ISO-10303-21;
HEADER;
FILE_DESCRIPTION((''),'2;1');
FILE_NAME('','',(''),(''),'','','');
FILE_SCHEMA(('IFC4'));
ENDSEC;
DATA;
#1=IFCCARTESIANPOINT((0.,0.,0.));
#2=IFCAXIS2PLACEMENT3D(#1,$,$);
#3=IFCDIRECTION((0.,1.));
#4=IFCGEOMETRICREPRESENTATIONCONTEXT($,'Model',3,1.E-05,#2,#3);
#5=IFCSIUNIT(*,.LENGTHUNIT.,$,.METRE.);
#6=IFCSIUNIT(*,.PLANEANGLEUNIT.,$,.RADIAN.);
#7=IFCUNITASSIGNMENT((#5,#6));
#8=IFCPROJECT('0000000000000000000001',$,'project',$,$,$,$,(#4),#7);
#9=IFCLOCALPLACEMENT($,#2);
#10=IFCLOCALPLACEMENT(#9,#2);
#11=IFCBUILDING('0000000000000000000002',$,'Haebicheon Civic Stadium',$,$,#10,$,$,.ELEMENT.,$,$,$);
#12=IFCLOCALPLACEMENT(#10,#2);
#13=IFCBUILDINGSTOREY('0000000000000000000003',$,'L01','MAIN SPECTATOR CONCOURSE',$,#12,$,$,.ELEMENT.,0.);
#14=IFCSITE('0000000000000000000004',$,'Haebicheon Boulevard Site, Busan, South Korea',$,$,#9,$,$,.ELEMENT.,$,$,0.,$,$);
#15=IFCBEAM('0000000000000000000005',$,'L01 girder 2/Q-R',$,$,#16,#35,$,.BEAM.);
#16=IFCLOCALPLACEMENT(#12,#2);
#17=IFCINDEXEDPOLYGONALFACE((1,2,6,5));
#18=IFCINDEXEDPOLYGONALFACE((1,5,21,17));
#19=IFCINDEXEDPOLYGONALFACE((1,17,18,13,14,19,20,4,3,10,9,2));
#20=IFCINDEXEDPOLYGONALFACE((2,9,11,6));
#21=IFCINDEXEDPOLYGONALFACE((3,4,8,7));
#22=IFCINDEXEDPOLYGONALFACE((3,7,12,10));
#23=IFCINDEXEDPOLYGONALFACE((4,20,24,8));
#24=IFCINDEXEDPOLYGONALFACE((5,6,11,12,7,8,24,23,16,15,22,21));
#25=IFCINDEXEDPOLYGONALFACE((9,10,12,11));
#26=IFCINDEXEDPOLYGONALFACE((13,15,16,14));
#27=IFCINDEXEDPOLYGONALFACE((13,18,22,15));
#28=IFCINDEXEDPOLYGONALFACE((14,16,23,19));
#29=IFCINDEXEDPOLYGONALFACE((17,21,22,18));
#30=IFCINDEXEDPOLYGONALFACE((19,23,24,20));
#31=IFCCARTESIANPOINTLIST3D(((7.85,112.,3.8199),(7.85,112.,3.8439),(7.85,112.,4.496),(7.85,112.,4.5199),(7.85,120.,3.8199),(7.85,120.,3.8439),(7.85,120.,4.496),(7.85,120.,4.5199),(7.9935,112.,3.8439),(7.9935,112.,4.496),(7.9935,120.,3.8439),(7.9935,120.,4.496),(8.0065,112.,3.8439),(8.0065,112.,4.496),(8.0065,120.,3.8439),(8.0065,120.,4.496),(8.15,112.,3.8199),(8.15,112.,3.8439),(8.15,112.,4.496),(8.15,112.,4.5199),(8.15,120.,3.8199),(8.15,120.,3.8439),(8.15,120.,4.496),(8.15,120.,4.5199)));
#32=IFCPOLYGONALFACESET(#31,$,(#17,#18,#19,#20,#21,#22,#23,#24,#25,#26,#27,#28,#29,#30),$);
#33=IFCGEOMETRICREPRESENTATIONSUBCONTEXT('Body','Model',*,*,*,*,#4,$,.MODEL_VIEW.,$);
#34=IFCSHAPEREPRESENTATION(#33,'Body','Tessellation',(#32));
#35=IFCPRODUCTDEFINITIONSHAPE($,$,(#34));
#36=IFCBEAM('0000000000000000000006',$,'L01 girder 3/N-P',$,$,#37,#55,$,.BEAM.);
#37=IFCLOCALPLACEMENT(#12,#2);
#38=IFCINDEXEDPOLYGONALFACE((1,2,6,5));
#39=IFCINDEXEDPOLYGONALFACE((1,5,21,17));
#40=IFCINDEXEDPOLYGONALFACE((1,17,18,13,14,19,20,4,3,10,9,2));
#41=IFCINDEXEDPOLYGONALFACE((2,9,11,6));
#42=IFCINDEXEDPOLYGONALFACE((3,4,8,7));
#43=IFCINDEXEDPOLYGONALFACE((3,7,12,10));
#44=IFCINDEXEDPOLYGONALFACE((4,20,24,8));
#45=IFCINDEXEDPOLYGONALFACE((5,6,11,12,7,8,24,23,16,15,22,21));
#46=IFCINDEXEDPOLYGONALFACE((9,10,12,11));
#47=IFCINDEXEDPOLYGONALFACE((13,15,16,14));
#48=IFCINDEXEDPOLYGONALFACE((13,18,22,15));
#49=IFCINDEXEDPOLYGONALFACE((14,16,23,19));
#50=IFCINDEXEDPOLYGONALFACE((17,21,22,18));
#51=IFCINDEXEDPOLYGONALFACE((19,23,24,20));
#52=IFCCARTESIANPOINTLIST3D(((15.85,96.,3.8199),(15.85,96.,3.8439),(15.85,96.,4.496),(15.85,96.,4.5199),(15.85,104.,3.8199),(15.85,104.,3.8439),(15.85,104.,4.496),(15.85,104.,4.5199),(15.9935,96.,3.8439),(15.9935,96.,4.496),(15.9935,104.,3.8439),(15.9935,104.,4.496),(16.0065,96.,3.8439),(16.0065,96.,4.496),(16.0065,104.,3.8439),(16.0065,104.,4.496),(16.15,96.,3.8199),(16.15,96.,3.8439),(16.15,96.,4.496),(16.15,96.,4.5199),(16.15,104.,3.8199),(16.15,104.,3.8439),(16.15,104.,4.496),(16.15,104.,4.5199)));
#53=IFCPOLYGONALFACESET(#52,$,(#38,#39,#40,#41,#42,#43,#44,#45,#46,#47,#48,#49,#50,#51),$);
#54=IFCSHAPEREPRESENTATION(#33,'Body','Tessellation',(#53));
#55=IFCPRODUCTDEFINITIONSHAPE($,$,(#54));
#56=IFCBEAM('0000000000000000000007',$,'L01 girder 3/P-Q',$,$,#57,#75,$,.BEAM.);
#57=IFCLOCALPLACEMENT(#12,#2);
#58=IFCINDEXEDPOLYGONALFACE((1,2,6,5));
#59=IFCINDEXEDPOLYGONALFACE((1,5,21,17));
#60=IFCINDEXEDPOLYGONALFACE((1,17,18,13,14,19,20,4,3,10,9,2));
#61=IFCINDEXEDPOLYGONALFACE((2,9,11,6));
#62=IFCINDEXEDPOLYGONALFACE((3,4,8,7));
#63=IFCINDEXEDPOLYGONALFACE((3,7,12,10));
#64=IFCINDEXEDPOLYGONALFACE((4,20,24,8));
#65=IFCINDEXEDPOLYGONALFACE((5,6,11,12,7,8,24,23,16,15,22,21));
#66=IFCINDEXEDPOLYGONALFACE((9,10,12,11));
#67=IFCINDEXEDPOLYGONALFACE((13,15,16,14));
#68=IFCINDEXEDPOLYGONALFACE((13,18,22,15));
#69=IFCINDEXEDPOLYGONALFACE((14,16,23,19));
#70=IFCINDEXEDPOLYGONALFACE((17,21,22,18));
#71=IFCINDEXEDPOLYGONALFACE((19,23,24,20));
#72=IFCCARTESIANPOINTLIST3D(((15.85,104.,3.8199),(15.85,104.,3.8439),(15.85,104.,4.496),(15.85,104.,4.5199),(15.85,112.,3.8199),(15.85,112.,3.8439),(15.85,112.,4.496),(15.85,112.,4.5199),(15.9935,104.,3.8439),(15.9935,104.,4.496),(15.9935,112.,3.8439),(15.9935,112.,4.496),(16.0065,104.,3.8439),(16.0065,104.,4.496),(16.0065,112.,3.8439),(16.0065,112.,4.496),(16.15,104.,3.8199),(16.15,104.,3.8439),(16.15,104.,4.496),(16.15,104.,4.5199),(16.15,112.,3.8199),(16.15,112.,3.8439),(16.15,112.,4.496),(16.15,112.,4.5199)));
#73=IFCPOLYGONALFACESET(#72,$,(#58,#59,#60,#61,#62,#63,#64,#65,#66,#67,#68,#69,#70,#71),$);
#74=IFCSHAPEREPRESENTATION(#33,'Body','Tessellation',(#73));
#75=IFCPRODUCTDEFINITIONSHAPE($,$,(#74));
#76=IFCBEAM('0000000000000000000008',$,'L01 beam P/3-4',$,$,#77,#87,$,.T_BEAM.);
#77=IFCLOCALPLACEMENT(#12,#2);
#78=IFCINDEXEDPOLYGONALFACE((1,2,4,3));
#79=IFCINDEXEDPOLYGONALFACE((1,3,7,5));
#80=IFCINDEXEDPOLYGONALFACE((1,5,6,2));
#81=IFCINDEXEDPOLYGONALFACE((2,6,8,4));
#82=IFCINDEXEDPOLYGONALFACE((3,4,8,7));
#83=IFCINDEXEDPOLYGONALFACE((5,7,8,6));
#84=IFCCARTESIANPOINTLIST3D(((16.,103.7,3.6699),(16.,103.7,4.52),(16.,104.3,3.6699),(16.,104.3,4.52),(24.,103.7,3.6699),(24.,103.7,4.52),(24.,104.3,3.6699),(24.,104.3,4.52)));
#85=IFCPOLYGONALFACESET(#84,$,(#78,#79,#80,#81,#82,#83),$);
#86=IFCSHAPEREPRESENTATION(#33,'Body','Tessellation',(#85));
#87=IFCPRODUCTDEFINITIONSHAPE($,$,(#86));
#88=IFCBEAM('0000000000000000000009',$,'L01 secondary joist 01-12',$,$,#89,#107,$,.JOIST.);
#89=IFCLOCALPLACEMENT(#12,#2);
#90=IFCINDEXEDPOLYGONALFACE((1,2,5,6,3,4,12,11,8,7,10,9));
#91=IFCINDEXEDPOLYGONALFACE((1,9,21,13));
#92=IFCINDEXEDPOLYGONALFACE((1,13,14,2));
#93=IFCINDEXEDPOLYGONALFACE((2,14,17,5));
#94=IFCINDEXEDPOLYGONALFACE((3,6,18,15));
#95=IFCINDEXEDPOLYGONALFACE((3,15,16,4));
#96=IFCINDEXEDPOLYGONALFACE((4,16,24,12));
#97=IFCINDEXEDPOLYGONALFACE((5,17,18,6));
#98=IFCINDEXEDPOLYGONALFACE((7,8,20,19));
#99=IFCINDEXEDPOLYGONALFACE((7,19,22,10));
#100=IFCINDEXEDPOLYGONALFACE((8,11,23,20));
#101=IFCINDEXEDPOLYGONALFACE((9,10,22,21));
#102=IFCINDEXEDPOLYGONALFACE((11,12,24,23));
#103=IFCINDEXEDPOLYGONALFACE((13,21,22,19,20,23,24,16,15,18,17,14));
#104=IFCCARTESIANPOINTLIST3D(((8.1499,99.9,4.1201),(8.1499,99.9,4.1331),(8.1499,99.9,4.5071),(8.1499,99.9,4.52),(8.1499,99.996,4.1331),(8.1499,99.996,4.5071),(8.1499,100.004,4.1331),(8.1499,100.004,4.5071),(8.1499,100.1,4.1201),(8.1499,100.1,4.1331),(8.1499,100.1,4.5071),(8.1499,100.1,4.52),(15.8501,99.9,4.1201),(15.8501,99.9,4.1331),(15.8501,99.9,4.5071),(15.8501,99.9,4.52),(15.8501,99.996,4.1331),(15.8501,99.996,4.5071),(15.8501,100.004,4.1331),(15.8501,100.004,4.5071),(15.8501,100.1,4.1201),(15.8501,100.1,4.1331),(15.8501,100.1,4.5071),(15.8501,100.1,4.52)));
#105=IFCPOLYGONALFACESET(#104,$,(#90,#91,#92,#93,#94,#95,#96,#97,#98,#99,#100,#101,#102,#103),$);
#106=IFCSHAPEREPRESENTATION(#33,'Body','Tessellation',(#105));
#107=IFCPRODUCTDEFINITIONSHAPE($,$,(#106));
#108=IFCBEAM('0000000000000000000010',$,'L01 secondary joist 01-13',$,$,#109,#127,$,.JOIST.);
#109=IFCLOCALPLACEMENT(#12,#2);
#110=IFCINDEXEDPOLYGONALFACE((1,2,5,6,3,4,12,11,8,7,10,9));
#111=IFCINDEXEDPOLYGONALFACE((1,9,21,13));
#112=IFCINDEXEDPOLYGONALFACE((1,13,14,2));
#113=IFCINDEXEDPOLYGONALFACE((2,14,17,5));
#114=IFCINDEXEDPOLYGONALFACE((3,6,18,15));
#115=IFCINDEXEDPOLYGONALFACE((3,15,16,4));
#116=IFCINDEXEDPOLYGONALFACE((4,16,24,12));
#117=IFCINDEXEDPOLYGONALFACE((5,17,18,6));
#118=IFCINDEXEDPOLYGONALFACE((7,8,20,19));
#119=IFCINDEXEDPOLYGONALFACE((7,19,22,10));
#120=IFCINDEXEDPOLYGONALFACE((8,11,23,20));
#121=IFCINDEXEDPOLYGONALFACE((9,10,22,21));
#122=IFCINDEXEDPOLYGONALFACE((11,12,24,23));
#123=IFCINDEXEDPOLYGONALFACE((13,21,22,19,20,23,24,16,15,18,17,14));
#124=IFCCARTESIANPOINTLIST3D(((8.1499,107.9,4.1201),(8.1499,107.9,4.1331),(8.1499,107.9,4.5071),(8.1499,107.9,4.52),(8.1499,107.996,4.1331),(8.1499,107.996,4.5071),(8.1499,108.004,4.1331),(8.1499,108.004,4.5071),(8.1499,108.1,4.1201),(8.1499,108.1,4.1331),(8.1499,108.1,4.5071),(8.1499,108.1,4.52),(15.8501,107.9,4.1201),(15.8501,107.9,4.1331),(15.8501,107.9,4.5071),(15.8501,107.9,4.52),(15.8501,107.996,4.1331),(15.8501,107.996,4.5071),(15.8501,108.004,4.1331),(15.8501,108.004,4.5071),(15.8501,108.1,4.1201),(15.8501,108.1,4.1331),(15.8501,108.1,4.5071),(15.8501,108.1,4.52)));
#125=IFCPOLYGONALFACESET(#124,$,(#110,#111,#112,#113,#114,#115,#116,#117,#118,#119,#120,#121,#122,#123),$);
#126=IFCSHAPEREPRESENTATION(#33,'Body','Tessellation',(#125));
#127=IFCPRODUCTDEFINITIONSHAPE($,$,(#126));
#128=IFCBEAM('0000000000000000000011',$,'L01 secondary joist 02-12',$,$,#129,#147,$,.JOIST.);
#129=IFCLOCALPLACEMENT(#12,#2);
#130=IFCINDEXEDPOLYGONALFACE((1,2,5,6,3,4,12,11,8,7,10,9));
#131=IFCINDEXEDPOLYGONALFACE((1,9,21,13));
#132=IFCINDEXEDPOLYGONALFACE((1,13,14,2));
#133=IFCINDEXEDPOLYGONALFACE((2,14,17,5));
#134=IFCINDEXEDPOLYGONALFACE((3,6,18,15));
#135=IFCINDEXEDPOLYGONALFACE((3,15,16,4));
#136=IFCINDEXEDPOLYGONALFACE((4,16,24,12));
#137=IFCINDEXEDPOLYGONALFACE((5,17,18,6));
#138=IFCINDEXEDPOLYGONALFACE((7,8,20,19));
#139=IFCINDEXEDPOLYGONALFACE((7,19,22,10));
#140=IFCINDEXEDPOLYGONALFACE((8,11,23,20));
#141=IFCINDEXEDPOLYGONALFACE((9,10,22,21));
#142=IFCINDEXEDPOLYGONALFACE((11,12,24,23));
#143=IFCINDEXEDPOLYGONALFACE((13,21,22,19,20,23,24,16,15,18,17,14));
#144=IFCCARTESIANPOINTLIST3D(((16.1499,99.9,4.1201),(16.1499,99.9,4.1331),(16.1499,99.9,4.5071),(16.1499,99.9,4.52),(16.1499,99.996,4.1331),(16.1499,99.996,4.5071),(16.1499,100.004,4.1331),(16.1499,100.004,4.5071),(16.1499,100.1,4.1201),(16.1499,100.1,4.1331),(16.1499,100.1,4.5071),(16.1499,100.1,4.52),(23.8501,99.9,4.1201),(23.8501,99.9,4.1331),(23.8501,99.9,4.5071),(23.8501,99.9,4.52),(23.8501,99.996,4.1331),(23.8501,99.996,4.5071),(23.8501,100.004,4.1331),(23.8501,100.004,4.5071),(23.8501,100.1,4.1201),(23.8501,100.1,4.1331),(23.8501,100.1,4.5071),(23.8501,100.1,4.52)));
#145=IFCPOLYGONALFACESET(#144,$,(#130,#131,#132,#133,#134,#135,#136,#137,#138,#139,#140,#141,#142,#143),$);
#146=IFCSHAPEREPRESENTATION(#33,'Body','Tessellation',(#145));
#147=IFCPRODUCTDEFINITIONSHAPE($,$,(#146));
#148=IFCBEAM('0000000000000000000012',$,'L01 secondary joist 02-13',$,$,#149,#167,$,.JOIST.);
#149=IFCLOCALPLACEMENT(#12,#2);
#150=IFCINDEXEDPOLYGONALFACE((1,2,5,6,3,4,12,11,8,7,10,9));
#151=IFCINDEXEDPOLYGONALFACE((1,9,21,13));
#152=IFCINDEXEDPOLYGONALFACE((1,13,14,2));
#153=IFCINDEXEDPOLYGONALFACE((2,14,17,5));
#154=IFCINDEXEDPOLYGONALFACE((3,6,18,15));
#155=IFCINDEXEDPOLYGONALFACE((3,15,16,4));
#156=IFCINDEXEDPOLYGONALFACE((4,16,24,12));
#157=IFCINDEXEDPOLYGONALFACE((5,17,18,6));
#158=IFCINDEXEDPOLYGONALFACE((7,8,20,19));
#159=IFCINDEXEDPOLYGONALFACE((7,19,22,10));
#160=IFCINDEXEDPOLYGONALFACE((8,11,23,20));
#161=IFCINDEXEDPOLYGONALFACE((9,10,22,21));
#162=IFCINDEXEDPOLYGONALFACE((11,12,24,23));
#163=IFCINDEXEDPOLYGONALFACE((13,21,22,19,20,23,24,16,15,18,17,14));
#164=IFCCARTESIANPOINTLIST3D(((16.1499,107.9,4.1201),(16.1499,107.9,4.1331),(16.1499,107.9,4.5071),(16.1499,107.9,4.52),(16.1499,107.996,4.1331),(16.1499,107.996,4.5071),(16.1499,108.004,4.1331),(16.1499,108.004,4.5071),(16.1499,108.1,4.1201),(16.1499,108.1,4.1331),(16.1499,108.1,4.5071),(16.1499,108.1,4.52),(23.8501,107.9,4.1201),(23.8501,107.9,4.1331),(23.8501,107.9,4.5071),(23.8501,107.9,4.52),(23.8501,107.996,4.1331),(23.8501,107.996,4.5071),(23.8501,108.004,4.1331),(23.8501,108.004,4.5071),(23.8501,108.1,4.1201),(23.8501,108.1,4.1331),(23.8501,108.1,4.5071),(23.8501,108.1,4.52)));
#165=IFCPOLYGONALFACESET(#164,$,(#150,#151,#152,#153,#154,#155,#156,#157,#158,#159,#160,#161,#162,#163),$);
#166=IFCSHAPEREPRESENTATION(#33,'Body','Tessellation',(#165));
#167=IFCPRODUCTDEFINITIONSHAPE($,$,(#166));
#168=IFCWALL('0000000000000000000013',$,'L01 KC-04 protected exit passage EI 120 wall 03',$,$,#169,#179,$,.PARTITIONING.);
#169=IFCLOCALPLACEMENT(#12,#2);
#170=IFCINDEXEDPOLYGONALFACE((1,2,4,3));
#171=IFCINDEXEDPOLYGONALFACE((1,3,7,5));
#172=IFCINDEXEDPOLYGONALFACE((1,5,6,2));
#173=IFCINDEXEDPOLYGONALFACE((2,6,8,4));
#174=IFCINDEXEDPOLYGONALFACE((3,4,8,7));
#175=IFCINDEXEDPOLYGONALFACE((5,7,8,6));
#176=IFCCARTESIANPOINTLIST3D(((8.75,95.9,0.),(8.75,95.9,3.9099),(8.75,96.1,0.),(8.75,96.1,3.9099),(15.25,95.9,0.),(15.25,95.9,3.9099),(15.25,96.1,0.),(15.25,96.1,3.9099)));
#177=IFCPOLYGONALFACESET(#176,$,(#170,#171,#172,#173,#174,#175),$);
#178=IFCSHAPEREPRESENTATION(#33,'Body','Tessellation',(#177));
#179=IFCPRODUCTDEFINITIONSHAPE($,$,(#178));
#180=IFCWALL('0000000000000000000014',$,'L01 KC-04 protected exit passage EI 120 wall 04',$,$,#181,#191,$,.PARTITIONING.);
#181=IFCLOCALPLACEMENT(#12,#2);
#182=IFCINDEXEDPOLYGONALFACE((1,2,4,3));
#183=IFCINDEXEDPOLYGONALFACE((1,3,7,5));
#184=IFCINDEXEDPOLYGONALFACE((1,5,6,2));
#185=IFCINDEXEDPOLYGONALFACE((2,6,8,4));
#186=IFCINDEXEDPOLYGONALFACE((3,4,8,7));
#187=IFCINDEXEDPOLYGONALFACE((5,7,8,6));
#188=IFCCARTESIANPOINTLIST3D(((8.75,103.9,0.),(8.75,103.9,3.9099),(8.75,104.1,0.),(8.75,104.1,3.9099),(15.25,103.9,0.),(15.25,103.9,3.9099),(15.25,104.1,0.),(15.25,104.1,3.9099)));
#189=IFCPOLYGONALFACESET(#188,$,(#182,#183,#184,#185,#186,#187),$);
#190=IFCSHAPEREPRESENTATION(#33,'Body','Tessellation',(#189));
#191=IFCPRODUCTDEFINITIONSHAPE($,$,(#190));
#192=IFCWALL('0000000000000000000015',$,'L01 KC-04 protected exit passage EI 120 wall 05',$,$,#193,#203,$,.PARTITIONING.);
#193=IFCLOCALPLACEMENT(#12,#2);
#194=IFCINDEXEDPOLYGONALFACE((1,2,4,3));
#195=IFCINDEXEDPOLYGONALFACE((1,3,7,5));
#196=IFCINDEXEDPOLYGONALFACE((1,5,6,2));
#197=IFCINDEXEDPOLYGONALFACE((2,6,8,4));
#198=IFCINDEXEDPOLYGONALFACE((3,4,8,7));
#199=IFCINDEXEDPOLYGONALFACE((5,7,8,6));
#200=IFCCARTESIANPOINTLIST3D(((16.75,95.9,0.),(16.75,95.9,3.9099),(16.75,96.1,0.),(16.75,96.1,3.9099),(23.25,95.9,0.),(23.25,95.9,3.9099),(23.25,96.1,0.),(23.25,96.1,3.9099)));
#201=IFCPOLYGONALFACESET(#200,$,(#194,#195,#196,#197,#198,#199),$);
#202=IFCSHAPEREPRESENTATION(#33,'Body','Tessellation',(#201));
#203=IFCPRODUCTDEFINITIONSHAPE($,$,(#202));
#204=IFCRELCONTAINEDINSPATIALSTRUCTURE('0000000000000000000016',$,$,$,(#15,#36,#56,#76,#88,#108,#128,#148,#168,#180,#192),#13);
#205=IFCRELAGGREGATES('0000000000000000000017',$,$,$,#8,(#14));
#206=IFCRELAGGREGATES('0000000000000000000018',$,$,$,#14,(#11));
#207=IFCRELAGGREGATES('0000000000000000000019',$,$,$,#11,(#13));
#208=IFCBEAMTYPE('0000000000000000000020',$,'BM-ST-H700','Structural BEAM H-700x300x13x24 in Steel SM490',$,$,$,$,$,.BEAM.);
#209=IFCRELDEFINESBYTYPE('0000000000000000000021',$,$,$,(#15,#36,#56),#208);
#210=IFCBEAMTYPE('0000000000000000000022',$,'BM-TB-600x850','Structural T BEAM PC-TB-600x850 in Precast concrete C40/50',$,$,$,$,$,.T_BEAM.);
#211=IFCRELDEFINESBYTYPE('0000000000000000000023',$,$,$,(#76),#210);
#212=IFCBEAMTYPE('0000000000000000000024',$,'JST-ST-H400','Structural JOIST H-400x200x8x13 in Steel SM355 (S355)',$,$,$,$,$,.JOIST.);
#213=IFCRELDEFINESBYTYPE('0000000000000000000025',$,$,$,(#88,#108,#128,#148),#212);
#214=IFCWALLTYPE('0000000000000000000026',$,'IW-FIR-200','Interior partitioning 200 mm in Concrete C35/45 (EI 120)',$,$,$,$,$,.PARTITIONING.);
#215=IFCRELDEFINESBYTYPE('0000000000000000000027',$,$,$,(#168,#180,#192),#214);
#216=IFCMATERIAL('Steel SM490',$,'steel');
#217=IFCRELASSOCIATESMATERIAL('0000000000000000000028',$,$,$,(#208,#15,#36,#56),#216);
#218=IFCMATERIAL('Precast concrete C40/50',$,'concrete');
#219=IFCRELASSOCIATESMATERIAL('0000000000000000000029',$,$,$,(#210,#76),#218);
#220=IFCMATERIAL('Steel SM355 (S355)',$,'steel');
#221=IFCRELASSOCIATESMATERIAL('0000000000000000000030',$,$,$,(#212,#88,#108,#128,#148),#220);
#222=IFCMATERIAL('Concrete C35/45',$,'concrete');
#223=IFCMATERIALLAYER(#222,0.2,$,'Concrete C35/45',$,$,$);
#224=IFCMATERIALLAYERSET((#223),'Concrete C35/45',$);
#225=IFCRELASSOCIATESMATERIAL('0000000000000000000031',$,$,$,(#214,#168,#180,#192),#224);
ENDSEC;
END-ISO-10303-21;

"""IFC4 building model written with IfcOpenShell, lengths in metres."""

from ifc_helpers import new_model, si_unit, direction, frame, frame_2d, origin, origin_2d, place, context, subcontext, project, spatial, rectangle, i_section, extrude, material, layer, layer_set, material_profile, profile_set, type_object, element, save


model = new_model("IFC4")

# Units and contexts
model_context = context("Model", 3, precision=1e-05, world=origin(), true_north=direction((0.0, 1.0)))
body_context = subcontext(model_context, "Body", "Model", "MODEL_VIEW")
ifc_project = project(units=[si_unit("LENGTHUNIT", "METRE"), si_unit("PLANEANGLEUNIT", "RADIAN")], contexts=[model_context])

# Site, building, storey
site_placement = place(None, origin())
site = spatial("IfcSite", under=ifc_project, at=site_placement, Name="Haebicheon Boulevard Site, Busan, South Korea", CompositionType="ELEMENT", RefElevation=0.0)
building_placement = place(site_placement, origin())
building = spatial("IfcBuilding", under=site, at=building_placement, Name="Haebicheon Civic Stadium", CompositionType="ELEMENT")
storey_placement = place(building_placement, origin())
storey = spatial("IfcBuildingStorey", under=building, at=storey_placement, Name="L01", Description="MAIN SPECTATOR CONCOURSE", CompositionType="ELEMENT", Elevation=0.0)

# Beams
ifc_material_1 = material(Name="Steel SM490", Category="steel")
ifc_material_profile_1 = material_profile(ifc_material_1, i_section(OverallWidth=0.3, OverallDepth=0.7, WebThickness=0.0129, FlangeThickness=0.0239, at=origin_2d()), Name="H-700x300x13x24")
ifc_profile_set_1 = profile_set([ifc_material_profile_1], Name="Steel SM490")
beam_type_1 = type_object("IfcBeamType", Name="BM-ST-H700", Description="Structural BEAM H-700x300x13x24 in Steel SM490", PredefinedType="BEAM", material=ifc_profile_set_1)
for number, where, z_axis, x_axis, name in (
    (1, (8.0, 112.0, 4.1699), (0.0, 1.0, 0.0), (-1.0, 0.0, 0.0), "L01 girder 2/Q-R"),
    (2, (16.0, 96.0, 4.1699), (0.0, 1.0, 0.0), (-1.0, 0.0, 0.0), "L01 girder 3/N-P"),
    (3, (16.0, 104.0, 4.1699), (0.0, 1.0, 0.0), (-1.0, 0.0, 0.0), "L01 girder 3/P-Q"),
):
    element("IfcBeam", number, at=place(storey_placement, frame(where, z_axis=z_axis, x_axis=x_axis)), inside=storey, type_object=beam_type_1, material=ifc_profile_set_1, Name=name, PredefinedType="BEAM", context=body_context, shape_type="SweptSolid", body=[
        extrude(i_section(OverallWidth=0.3, OverallDepth=0.7, WebThickness=0.0129, FlangeThickness=0.0239, at=origin_2d()), origin(), (0.0, 0.0, 1.0), 8.0),
    ])
ifc_material_2 = material(Name="Precast concrete C40/50", Category="concrete")
ifc_material_profile_2 = material_profile(ifc_material_2, rectangle(XDim=0.6001, YDim=0.8501, at=origin_2d()), Name="PC-TB-600x850")
ifc_profile_set_2 = profile_set([ifc_material_profile_2], Name="Precast concrete C40/50")
beam_type_2 = type_object("IfcBeamType", Name="BM-TB-600x850", Description="Structural T BEAM PC-TB-600x850 in Precast concrete C40/50", PredefinedType="T_BEAM", material=ifc_profile_set_2)
beam_1_placement = place(storey_placement, frame((16.0, 104.0, 4.095), z_axis=(1.0, 0.0, 0.0), x_axis=(0.0, 1.0, 0.0)))
element("IfcBeam", 4, at=beam_1_placement, inside=storey, type_object=beam_type_2, material=ifc_profile_set_2, Name="L01 beam P/3-4", PredefinedType="T_BEAM", context=body_context, shape_type="SweptSolid", body=[
    extrude(rectangle(XDim=0.6001, YDim=0.8501, at=origin_2d()), origin(), (0.0, 0.0, 1.0), 8.0),
])
ifc_material_3 = material(Name="Steel SM355 (S355)", Category="steel")
ifc_material_profile_3 = material_profile(ifc_material_3, i_section(OverallWidth=0.2, OverallDepth=0.3999, WebThickness=0.0081, FlangeThickness=0.0129, at=origin_2d()), Name="H-400x200x8x13")
ifc_profile_set_3 = profile_set([ifc_material_profile_3], Name="Steel SM355 (S355)")
beam_type_3 = type_object("IfcBeamType", Name="JST-ST-H400", Description="Structural JOIST H-400x200x8x13 in Steel SM355 (S355)", PredefinedType="JOIST", material=ifc_profile_set_3)
for number, where, z_axis, x_axis, name in (
    (5, (8.1499, 100.0, 4.3201), (1.0, 0.0, 0.0), (0.0, 1.0, 0.0), "L01 secondary joist 01-12"),
    (6, (8.1499, 108.0, 4.3201), (1.0, 0.0, 0.0), (0.0, 1.0, 0.0), "L01 secondary joist 01-13"),
    (7, (16.1499, 100.0, 4.3201), (1.0, 0.0, 0.0), (0.0, 1.0, 0.0), "L01 secondary joist 02-12"),
    (8, (16.1499, 108.0, 4.3201), (1.0, 0.0, 0.0), (0.0, 1.0, 0.0), "L01 secondary joist 02-13"),
):
    element("IfcBeam", number, at=place(storey_placement, frame(where, z_axis=z_axis, x_axis=x_axis)), inside=storey, type_object=beam_type_3, material=ifc_profile_set_3, Name=name, PredefinedType="JOIST", context=body_context, shape_type="SweptSolid", body=[
        extrude(i_section(OverallWidth=0.2, OverallDepth=0.3999, WebThickness=0.0081, FlangeThickness=0.0129, at=origin_2d()), origin(), (0.0, 0.0, 1.0), 7.7002),
    ])

# Walls
ifc_material_4 = material(Name="Concrete C35/45", Category="concrete")
ifc_layer_1 = layer(ifc_material_4, 0.2, Name="Concrete C35/45")
ifc_layer_set_1 = layer_set([ifc_layer_1], Name="Concrete C35/45")
wall_type_1 = type_object("IfcWallType", Name="IW-FIR-200", Description="Interior partitioning 200 mm in Concrete C35/45 (EI 120)", PredefinedType="PARTITIONING", material=ifc_layer_set_1)
for number, where, z_axis, x_axis, name in (
    (9, (8.75, 96.0, 0.0), (0.0, 0.0, 1.0), (1.0, 0.0, 0.0), "L01 KC-04 protected exit passage EI 120 wall 03"),
    (10, (8.75, 104.0, 0.0), (0.0, 0.0, 1.0), (1.0, 0.0, 0.0), "L01 KC-04 protected exit passage EI 120 wall 04"),
    (11, (16.75, 96.0, 0.0), (0.0, 0.0, 1.0), (1.0, 0.0, 0.0), "L01 KC-04 protected exit passage EI 120 wall 05"),
):
    element("IfcWall", number, at=place(storey_placement, frame(where, z_axis=z_axis, x_axis=x_axis)), inside=storey, type_object=wall_type_1, material=ifc_layer_set_1, Name=name, PredefinedType="PARTITIONING", context=body_context, shape_type="SweptSolid", body=[
        extrude(rectangle(XDim=6.5, YDim=0.2, at=frame_2d((3.25, 0.0))), origin(), (0.0, 0.0, 1.0), 3.9099),
    ])

save(model, "model.ifc")
